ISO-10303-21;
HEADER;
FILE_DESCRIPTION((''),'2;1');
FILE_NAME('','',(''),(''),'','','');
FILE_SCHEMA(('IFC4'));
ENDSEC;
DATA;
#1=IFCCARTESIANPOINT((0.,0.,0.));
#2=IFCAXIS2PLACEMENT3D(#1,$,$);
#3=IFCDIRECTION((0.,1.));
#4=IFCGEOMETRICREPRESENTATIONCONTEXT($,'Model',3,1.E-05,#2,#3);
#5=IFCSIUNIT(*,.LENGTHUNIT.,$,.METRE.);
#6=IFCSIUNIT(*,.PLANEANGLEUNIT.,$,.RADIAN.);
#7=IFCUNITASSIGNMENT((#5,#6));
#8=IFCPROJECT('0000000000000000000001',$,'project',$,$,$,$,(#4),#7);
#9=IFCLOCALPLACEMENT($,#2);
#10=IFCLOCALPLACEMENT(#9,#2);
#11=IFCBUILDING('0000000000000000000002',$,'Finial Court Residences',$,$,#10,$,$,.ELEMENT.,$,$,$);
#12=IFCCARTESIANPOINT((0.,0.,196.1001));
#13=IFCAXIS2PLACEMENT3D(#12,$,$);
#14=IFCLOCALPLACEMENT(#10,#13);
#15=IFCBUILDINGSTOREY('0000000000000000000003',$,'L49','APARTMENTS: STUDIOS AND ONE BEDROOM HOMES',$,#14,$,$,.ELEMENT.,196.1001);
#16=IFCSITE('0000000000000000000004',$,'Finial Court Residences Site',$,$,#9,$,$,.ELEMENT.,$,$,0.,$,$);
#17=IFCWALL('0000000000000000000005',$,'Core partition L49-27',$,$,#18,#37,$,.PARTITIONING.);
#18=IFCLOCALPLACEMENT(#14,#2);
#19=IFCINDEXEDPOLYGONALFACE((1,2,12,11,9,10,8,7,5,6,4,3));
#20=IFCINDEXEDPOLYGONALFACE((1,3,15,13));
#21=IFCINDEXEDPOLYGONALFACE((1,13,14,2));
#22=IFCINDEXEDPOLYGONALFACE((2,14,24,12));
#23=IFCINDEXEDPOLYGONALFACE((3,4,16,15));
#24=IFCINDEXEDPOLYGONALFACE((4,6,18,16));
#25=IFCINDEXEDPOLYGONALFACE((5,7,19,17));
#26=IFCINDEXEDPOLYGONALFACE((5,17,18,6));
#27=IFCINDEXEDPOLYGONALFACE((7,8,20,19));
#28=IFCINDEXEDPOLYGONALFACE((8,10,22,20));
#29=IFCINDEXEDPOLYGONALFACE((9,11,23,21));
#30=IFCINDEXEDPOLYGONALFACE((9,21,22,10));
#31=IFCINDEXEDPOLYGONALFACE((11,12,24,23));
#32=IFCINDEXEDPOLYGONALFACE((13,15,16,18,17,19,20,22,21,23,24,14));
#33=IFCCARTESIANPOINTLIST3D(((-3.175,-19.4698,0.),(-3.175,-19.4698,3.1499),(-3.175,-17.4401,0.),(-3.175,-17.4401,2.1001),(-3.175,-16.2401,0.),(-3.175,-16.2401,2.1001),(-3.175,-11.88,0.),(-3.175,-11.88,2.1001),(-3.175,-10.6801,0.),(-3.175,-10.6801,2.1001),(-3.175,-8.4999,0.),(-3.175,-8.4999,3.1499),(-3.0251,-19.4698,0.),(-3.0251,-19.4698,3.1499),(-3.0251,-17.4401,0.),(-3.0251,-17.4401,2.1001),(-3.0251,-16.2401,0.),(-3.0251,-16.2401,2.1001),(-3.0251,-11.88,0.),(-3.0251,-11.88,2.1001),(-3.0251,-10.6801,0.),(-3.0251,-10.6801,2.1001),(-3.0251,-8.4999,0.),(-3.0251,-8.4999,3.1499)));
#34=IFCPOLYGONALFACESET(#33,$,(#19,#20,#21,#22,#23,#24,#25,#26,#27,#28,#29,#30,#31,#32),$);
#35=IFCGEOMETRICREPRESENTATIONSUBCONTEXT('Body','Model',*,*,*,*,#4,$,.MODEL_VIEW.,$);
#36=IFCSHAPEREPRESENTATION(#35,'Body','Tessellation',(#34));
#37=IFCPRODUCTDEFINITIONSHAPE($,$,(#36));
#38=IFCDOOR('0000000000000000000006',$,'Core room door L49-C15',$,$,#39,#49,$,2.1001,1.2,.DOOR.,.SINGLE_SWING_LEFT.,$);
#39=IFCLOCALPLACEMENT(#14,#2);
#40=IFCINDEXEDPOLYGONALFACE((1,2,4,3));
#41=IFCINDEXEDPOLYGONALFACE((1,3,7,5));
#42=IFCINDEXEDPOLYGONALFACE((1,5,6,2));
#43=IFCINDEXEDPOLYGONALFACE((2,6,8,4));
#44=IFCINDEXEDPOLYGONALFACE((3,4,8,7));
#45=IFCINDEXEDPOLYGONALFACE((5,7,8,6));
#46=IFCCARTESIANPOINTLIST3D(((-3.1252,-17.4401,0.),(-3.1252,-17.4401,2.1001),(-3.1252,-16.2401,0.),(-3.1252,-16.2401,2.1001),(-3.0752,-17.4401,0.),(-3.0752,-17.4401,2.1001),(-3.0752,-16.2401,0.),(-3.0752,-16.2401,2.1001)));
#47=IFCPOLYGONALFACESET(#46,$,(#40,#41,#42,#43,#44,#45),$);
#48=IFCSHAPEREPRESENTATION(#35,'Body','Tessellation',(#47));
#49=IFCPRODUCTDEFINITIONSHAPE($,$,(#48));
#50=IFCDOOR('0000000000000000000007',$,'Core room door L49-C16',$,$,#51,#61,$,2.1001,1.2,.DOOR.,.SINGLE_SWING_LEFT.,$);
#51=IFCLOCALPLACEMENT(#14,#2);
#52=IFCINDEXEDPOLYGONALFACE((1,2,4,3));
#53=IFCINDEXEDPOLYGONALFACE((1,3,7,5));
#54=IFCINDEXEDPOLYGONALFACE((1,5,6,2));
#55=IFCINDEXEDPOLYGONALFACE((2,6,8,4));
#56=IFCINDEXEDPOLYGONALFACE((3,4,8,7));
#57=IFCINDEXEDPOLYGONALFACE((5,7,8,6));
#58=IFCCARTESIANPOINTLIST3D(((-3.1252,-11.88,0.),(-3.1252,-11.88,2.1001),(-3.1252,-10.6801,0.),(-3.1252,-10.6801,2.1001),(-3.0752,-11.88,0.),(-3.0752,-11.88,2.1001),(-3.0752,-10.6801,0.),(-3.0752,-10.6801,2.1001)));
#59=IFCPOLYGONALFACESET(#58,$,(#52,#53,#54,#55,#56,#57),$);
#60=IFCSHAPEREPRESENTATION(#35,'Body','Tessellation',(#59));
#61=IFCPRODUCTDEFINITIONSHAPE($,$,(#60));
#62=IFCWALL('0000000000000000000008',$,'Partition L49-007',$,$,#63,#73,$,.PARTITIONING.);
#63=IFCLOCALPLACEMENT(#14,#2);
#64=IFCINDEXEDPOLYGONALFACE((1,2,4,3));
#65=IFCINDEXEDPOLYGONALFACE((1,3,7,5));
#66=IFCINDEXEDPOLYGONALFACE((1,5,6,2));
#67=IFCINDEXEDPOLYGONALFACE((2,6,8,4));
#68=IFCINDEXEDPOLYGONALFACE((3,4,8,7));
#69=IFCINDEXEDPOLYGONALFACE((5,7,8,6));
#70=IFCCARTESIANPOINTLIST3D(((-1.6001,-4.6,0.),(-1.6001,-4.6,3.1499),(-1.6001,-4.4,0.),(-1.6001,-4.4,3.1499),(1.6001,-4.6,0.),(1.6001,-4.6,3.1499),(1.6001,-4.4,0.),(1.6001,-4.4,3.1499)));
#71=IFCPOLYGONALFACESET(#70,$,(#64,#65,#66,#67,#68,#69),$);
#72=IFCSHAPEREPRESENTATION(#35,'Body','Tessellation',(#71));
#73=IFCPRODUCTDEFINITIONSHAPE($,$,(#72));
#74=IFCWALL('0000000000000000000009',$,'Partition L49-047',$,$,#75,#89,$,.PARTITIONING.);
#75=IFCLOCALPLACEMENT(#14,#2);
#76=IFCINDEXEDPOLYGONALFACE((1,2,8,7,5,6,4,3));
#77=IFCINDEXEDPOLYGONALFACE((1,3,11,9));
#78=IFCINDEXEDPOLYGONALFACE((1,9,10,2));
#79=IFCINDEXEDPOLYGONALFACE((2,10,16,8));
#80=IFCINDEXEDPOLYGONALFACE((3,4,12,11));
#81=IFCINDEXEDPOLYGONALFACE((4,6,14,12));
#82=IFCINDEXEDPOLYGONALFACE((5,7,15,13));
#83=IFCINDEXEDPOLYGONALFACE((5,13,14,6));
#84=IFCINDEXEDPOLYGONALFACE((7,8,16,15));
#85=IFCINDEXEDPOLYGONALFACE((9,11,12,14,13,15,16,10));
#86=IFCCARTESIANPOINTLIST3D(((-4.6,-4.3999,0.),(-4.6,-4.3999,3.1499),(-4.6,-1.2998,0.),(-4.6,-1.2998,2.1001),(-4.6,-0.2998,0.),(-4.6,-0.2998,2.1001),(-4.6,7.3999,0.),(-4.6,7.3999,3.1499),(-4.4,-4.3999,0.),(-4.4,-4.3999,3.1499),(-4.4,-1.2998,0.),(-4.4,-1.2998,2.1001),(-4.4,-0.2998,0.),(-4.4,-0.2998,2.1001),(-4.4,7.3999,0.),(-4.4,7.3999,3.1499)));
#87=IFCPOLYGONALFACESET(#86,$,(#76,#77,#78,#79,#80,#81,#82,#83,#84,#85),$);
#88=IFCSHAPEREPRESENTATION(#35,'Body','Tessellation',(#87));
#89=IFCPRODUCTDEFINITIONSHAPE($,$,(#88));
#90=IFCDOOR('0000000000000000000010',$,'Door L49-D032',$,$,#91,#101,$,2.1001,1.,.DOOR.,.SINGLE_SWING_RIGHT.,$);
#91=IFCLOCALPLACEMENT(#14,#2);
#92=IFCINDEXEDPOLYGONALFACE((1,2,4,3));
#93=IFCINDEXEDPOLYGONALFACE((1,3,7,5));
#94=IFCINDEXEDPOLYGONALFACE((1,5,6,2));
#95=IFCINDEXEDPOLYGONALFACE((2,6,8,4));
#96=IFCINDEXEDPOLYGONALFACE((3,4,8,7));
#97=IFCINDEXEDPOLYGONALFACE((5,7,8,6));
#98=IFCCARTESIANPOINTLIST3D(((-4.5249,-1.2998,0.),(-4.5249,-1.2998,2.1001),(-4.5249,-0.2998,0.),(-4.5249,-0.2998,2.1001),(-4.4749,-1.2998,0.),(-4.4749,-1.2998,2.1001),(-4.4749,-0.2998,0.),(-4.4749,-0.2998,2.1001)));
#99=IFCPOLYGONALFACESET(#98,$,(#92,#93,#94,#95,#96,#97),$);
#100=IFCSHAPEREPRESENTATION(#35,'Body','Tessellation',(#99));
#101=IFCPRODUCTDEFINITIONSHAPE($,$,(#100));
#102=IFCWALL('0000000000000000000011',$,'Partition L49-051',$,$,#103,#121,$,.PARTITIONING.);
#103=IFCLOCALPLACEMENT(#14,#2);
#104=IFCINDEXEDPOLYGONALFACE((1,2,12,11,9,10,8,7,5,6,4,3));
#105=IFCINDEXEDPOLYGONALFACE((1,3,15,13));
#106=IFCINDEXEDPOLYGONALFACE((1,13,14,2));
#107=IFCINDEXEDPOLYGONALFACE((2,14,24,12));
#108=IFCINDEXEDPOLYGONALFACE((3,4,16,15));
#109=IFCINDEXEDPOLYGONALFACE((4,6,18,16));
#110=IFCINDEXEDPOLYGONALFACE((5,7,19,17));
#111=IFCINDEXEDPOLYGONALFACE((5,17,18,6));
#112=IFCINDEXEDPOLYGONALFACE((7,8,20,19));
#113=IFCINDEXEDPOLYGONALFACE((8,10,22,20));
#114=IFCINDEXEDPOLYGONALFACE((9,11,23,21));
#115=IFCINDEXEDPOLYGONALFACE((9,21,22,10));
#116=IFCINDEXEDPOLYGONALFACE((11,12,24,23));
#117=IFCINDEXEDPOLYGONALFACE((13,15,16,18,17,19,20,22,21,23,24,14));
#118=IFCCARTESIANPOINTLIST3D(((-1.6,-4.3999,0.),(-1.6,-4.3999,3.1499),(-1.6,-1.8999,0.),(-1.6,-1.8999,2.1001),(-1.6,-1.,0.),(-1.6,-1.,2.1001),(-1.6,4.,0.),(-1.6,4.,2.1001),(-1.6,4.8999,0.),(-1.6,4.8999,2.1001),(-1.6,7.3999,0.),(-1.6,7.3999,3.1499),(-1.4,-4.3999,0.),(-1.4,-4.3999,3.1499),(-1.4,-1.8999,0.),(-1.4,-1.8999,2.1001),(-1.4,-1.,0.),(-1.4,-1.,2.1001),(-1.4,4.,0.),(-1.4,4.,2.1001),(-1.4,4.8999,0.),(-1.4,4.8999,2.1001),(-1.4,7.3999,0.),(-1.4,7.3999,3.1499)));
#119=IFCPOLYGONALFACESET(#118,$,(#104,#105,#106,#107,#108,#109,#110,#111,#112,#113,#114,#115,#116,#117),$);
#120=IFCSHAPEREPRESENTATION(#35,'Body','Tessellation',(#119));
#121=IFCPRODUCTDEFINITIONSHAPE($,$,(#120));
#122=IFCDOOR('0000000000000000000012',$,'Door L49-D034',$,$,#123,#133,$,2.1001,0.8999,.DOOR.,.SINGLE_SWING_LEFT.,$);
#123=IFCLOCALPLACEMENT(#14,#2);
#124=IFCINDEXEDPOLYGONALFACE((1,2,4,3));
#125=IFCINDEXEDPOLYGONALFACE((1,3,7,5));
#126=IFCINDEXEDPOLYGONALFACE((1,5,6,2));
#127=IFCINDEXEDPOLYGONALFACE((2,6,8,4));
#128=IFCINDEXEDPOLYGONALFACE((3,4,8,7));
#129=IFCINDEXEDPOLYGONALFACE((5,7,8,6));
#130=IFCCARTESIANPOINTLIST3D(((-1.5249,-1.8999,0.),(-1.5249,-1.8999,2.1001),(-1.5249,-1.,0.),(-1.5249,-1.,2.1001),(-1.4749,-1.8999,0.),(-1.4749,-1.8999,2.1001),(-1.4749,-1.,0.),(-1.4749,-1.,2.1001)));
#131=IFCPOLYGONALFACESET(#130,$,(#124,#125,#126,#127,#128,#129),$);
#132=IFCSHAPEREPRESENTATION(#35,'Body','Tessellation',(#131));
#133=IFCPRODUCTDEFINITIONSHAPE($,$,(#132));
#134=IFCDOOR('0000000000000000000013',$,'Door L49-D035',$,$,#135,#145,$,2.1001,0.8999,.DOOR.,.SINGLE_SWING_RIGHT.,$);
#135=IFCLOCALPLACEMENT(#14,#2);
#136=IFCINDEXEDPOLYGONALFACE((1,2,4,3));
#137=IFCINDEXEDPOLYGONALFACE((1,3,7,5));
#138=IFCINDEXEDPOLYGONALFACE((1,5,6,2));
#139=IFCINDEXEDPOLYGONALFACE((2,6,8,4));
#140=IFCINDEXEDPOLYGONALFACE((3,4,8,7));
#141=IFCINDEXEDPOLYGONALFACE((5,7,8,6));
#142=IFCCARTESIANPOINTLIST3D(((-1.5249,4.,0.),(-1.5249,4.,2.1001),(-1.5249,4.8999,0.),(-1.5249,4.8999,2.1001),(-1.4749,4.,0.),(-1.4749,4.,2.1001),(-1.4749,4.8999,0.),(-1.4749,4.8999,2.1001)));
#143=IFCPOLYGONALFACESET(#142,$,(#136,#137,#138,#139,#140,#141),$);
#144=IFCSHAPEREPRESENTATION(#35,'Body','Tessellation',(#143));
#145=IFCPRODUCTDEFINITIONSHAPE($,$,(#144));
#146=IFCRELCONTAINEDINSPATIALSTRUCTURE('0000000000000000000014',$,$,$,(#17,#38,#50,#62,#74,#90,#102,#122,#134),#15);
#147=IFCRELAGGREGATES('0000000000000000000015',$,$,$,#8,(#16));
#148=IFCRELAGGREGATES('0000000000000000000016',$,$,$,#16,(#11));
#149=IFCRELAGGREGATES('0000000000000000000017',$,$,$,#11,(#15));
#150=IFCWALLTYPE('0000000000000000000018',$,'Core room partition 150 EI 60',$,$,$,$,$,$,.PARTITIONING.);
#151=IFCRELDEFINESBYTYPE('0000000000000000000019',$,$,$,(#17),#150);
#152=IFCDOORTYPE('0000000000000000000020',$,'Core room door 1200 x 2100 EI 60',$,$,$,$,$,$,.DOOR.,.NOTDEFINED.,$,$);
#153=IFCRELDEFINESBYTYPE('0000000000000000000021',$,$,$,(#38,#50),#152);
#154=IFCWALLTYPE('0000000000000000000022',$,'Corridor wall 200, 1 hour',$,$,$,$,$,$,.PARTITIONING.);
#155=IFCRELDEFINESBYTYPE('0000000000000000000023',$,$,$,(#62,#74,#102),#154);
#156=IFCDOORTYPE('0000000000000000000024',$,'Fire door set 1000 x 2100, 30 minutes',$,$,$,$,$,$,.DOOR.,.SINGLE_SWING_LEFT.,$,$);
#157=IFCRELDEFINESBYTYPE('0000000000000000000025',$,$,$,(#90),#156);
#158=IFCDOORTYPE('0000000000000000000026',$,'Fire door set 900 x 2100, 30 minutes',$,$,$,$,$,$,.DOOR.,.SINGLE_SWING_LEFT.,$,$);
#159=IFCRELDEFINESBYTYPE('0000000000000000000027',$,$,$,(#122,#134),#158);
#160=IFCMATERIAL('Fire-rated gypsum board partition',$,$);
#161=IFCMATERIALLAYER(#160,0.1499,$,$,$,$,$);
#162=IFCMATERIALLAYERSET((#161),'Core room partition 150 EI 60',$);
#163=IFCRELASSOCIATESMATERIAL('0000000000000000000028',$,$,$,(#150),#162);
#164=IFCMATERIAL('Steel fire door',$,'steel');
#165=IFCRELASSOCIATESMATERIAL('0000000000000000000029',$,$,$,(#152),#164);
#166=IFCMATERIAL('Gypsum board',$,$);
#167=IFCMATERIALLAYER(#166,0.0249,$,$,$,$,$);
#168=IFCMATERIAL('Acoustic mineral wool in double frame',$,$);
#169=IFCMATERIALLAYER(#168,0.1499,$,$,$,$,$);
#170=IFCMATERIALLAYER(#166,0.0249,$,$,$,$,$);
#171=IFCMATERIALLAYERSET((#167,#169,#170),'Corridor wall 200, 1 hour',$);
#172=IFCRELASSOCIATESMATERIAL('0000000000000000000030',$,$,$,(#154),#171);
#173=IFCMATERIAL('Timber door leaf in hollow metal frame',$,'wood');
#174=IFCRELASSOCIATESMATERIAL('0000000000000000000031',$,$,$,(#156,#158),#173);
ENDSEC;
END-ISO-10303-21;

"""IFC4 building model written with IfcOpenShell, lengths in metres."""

from ifc_helpers import new_model, si_unit, direction, frame, frame_2d, origin, place, context, subcontext, project, spatial, rectangle, extrude, material, layer, layer_set, type_object, element, fill, save


model = new_model("IFC4")

# Units and contexts
model_context = context("Model", 3, precision=1e-05, world=origin(), true_north=direction((0.0, 1.0)))
body_context = subcontext(model_context, "Body", "Model", "MODEL_VIEW")
ifc_project = project(units=[si_unit("LENGTHUNIT", "METRE"), si_unit("PLANEANGLEUNIT", "RADIAN")], contexts=[model_context])

# Site, building, storey
site_placement = place(None, origin())
site = spatial("IfcSite", under=ifc_project, at=site_placement, Name="Finial Court Residences Site", CompositionType="ELEMENT", RefElevation=0.0)
building_placement = place(site_placement, origin())
building = spatial("IfcBuilding", under=site, at=building_placement, Name="Finial Court Residences", CompositionType="ELEMENT")
storey_placement = place(building_placement, frame((0.0, 0.0, 196.1001)))
storey = spatial("IfcBuildingStorey", under=building, at=storey_placement, Name="L49", Description="APARTMENTS: STUDIOS AND ONE BEDROOM HOMES", CompositionType="ELEMENT", Elevation=196.1001)

# Shared definitions
ifc_material_1 = material(Name="Fire-rated gypsum board partition")
ifc_layer_1 = layer(ifc_material_1, 0.1499)
ifc_layer_set_1 = layer_set([ifc_layer_1], Name="Core room partition 150 EI 60")
wall_type_1 = type_object("IfcWallType", Name="Core room partition 150 EI 60", PredefinedType="PARTITIONING", material=ifc_layer_set_1)

# Wall, openings, doors
wall_1_placement = place(storey_placement, frame((-3.1001, -8.5, 0.0), z_axis=(0.0, 0.0, 1.0), x_axis=(0.0, -1.0, 0.0)))
wall_1 = element("IfcWall", 1, at=wall_1_placement, inside=storey, type_object=wall_type_1, Name="Core partition L49-27", PredefinedType="PARTITIONING", context=body_context, shape_type="SweptSolid", body=[
    extrude(rectangle(XDim=10.97, YDim=0.1499, at=frame_2d((5.4849, 0.0))), origin(), (0.0, 0.0, 1.0), 3.1499),
])
opening_1_placement = place(wall_1_placement, frame((7.74, 0.0, 0.0)))
opening_1 = element("IfcOpeningElement", 2, at=opening_1_placement, cuts=wall_1, PredefinedType="OPENING", context=body_context, shape_type="SweptSolid", body=[
    extrude(rectangle(XDim=1.2, YDim=2.1001, at=frame_2d((0.6001, 1.05))), frame((0.0, 0.085, 0.0), z_axis=(0.0, -1.0, 0.0), x_axis=(1.0, 0.0, 0.0)), (0.0, 0.0, 1.0), 0.1699),
])
opening_2_placement = place(wall_1_placement, frame((2.1799, 0.0, 0.0)))
opening_2 = element("IfcOpeningElement", 3, at=opening_2_placement, cuts=wall_1, PredefinedType="OPENING", context=body_context, shape_type="SweptSolid", body=[
    extrude(rectangle(XDim=1.2, YDim=2.1001, at=frame_2d((0.6001, 1.05))), frame((0.0, 0.085, 0.0), z_axis=(0.0, -1.0, 0.0), x_axis=(1.0, 0.0, 0.0)), (0.0, 0.0, 1.0), 0.1699),
])
ifc_material_2 = material(Name="Steel fire door", Category="steel")
door_type_1 = type_object("IfcDoorType", Name="Core room door 1200 x 2100 EI 60", OperationType="NOTDEFINED", PredefinedType="DOOR", material=ifc_material_2)
door_1_placement = place(opening_1_placement, origin())
door_1 = element("IfcDoor", 4, at=door_1_placement, inside=storey, type_object=door_type_1, Name="Core room door L49-C15", OperationType="SINGLE_SWING_LEFT", OverallHeight=2.1001, OverallWidth=1.2, PredefinedType="DOOR", context=body_context, shape_type="SweptSolid", body=[
    extrude(rectangle(XDim=1.2, YDim=2.1001, at=frame_2d((0.6001, 1.05))), frame((0.0, 0.0249, 0.0), z_axis=(0.0, -1.0, 0.0), x_axis=(1.0, 0.0, 0.0)), (0.0, 0.0, 1.0), 0.05),
])
fill(opening_1, door_1)
door_2_placement = place(opening_2_placement, origin())
door_2 = element("IfcDoor", 5, at=door_2_placement, inside=storey, type_object=door_type_1, Name="Core room door L49-C16", OperationType="SINGLE_SWING_LEFT", OverallHeight=2.1001, OverallWidth=1.2, PredefinedType="DOOR", context=body_context, shape_type="SweptSolid", body=[
    extrude(rectangle(XDim=1.2, YDim=2.1001, at=frame_2d((0.6001, 1.05))), frame((0.0, 0.0249, 0.0), z_axis=(0.0, -1.0, 0.0), x_axis=(1.0, 0.0, 0.0)), (0.0, 0.0, 1.0), 0.05),
])
fill(opening_2, door_2)

# Wall
ifc_material_3 = material(Name="Gypsum board")
ifc_layer_2 = layer(ifc_material_3, 0.0249)
ifc_material_4 = material(Name="Acoustic mineral wool in double frame")
ifc_layer_3 = layer(ifc_material_4, 0.1499)
ifc_layer_4 = layer(ifc_material_3, 0.0249)
ifc_layer_set_2 = layer_set([ifc_layer_2, ifc_layer_3, ifc_layer_4], Name="Corridor wall 200, 1 hour")
wall_type_2 = type_object("IfcWallType", Name="Corridor wall 200, 1 hour", PredefinedType="PARTITIONING", material=ifc_layer_set_2)
wall_2_placement = place(storey_placement, frame((-1.6001, -4.5, 0.0), z_axis=(0.0, 0.0, 1.0), x_axis=(1.0, 0.0, 0.0)))
element("IfcWall", 6, at=wall_2_placement, inside=storey, type_object=wall_type_2, Name="Partition L49-007", PredefinedType="PARTITIONING", context=body_context, shape_type="SweptSolid", body=[
    extrude(rectangle(XDim=3.2002, YDim=0.2, at=frame_2d((1.6001, 0.0))), origin(), (0.0, 0.0, 1.0), 3.1499),
])

# Wall, opening, door
wall_3_placement = place(storey_placement, frame((-4.5, -4.3999, 0.0), z_axis=(0.0, 0.0, 1.0), x_axis=(0.0, 1.0, 0.0)))
wall_3 = element("IfcWall", 7, at=wall_3_placement, inside=storey, type_object=wall_type_2, Name="Partition L49-047", PredefinedType="PARTITIONING", context=body_context, shape_type="SweptSolid", body=[
    extrude(rectangle(XDim=11.7998, YDim=0.2, at=frame_2d((5.8999, 0.0))), origin(), (0.0, 0.0, 1.0), 3.1499),
])
opening_3_placement = place(wall_3_placement, frame((3.1001, 0.0, 0.0)))
opening_3 = element("IfcOpeningElement", 8, at=opening_3_placement, cuts=wall_3, PredefinedType="OPENING", context=body_context, shape_type="SweptSolid", body=[
    extrude(rectangle(XDim=1.0, YDim=2.1001, at=frame_2d((0.5, 1.05))), frame((0.0, 0.1099, 0.0), z_axis=(0.0, -1.0, 0.0), x_axis=(1.0, 0.0, 0.0)), (0.0, 0.0, 1.0), 0.22),
])
ifc_material_5 = material(Name="Timber door leaf in hollow metal frame", Category="wood")
door_type_2 = type_object("IfcDoorType", Name="Fire door set 1000 x 2100, 30 minutes", OperationType="SINGLE_SWING_LEFT", PredefinedType="DOOR", material=ifc_material_5)
door_3_placement = place(opening_3_placement, origin())
door_3 = element("IfcDoor", 9, at=door_3_placement, inside=storey, type_object=door_type_2, Name="Door L49-D032", OperationType="SINGLE_SWING_RIGHT", OverallHeight=2.1001, OverallWidth=1.0, PredefinedType="DOOR", context=body_context, shape_type="SweptSolid", body=[
    extrude(rectangle(XDim=1.0, YDim=2.1001, at=frame_2d((0.5, 1.05))), frame((0.0, 0.0249, 0.0), z_axis=(0.0, -1.0, 0.0), x_axis=(1.0, 0.0, 0.0)), (0.0, 0.0, 1.0), 0.05),
])
fill(opening_3, door_3)

# Wall, openings, doors
wall_4_placement = place(storey_placement, frame((-1.5, -4.3999, 0.0), z_axis=(0.0, 0.0, 1.0), x_axis=(0.0, 1.0, 0.0)))
wall_4 = element("IfcWall", 10, at=wall_4_placement, inside=storey, type_object=wall_type_2, Name="Partition L49-051", PredefinedType="PARTITIONING", context=body_context, shape_type="SweptSolid", body=[
    extrude(rectangle(XDim=11.7998, YDim=0.2, at=frame_2d((5.8999, 0.0))), origin(), (0.0, 0.0, 1.0), 3.1499),
])
opening_4_placement = place(wall_4_placement, frame((2.5, 0.0, 0.0)))
opening_4 = element("IfcOpeningElement", 11, at=opening_4_placement, cuts=wall_4, PredefinedType="OPENING", context=body_context, shape_type="SweptSolid", body=[
    extrude(rectangle(XDim=0.8999, YDim=2.1001, at=frame_2d((0.45, 1.05))), frame((0.0, 0.1099, 0.0), z_axis=(0.0, -1.0, 0.0), x_axis=(1.0, 0.0, 0.0)), (0.0, 0.0, 1.0), 0.22),
])
opening_5_placement = place(wall_4_placement, frame((8.3999, 0.0, 0.0)))
opening_5 = element("IfcOpeningElement", 12, at=opening_5_placement, cuts=wall_4, PredefinedType="OPENING", context=body_context, shape_type="SweptSolid", body=[
    extrude(rectangle(XDim=0.8999, YDim=2.1001, at=frame_2d((0.45, 1.05))), frame((0.0, 0.1099, 0.0), z_axis=(0.0, -1.0, 0.0), x_axis=(1.0, 0.0, 0.0)), (0.0, 0.0, 1.0), 0.22),
])
door_type_3 = type_object("IfcDoorType", Name="Fire door set 900 x 2100, 30 minutes", OperationType="SINGLE_SWING_LEFT", PredefinedType="DOOR", material=ifc_material_5)
door_4_placement = place(opening_4_placement, origin())
door_4 = element("IfcDoor", 13, at=door_4_placement, inside=storey, type_object=door_type_3, Name="Door L49-D034", OperationType="SINGLE_SWING_LEFT", OverallHeight=2.1001, OverallWidth=0.8999, PredefinedType="DOOR", context=body_context, shape_type="SweptSolid", body=[
    extrude(rectangle(XDim=0.8999, YDim=2.1001, at=frame_2d((0.45, 1.05))), frame((0.0, 0.0249, 0.0), z_axis=(0.0, -1.0, 0.0), x_axis=(1.0, 0.0, 0.0)), (0.0, 0.0, 1.0), 0.05),
])
fill(opening_4, door_4)
door_5_placement = place(opening_5_placement, origin())
door_5 = element("IfcDoor", 14, at=door_5_placement, inside=storey, type_object=door_type_3, Name="Door L49-D035", OperationType="SINGLE_SWING_RIGHT", OverallHeight=2.1001, OverallWidth=0.8999, PredefinedType="DOOR", context=body_context, shape_type="SweptSolid", body=[
    extrude(rectangle(XDim=0.8999, YDim=2.1001, at=frame_2d((0.45, 1.05))), frame((0.0, 0.0249, 0.0), z_axis=(0.0, -1.0, 0.0), x_axis=(1.0, 0.0, 0.0)), (0.0, 0.0, 1.0), 0.05),
])
fill(opening_5, door_5)

save(model, "model.ifc")
